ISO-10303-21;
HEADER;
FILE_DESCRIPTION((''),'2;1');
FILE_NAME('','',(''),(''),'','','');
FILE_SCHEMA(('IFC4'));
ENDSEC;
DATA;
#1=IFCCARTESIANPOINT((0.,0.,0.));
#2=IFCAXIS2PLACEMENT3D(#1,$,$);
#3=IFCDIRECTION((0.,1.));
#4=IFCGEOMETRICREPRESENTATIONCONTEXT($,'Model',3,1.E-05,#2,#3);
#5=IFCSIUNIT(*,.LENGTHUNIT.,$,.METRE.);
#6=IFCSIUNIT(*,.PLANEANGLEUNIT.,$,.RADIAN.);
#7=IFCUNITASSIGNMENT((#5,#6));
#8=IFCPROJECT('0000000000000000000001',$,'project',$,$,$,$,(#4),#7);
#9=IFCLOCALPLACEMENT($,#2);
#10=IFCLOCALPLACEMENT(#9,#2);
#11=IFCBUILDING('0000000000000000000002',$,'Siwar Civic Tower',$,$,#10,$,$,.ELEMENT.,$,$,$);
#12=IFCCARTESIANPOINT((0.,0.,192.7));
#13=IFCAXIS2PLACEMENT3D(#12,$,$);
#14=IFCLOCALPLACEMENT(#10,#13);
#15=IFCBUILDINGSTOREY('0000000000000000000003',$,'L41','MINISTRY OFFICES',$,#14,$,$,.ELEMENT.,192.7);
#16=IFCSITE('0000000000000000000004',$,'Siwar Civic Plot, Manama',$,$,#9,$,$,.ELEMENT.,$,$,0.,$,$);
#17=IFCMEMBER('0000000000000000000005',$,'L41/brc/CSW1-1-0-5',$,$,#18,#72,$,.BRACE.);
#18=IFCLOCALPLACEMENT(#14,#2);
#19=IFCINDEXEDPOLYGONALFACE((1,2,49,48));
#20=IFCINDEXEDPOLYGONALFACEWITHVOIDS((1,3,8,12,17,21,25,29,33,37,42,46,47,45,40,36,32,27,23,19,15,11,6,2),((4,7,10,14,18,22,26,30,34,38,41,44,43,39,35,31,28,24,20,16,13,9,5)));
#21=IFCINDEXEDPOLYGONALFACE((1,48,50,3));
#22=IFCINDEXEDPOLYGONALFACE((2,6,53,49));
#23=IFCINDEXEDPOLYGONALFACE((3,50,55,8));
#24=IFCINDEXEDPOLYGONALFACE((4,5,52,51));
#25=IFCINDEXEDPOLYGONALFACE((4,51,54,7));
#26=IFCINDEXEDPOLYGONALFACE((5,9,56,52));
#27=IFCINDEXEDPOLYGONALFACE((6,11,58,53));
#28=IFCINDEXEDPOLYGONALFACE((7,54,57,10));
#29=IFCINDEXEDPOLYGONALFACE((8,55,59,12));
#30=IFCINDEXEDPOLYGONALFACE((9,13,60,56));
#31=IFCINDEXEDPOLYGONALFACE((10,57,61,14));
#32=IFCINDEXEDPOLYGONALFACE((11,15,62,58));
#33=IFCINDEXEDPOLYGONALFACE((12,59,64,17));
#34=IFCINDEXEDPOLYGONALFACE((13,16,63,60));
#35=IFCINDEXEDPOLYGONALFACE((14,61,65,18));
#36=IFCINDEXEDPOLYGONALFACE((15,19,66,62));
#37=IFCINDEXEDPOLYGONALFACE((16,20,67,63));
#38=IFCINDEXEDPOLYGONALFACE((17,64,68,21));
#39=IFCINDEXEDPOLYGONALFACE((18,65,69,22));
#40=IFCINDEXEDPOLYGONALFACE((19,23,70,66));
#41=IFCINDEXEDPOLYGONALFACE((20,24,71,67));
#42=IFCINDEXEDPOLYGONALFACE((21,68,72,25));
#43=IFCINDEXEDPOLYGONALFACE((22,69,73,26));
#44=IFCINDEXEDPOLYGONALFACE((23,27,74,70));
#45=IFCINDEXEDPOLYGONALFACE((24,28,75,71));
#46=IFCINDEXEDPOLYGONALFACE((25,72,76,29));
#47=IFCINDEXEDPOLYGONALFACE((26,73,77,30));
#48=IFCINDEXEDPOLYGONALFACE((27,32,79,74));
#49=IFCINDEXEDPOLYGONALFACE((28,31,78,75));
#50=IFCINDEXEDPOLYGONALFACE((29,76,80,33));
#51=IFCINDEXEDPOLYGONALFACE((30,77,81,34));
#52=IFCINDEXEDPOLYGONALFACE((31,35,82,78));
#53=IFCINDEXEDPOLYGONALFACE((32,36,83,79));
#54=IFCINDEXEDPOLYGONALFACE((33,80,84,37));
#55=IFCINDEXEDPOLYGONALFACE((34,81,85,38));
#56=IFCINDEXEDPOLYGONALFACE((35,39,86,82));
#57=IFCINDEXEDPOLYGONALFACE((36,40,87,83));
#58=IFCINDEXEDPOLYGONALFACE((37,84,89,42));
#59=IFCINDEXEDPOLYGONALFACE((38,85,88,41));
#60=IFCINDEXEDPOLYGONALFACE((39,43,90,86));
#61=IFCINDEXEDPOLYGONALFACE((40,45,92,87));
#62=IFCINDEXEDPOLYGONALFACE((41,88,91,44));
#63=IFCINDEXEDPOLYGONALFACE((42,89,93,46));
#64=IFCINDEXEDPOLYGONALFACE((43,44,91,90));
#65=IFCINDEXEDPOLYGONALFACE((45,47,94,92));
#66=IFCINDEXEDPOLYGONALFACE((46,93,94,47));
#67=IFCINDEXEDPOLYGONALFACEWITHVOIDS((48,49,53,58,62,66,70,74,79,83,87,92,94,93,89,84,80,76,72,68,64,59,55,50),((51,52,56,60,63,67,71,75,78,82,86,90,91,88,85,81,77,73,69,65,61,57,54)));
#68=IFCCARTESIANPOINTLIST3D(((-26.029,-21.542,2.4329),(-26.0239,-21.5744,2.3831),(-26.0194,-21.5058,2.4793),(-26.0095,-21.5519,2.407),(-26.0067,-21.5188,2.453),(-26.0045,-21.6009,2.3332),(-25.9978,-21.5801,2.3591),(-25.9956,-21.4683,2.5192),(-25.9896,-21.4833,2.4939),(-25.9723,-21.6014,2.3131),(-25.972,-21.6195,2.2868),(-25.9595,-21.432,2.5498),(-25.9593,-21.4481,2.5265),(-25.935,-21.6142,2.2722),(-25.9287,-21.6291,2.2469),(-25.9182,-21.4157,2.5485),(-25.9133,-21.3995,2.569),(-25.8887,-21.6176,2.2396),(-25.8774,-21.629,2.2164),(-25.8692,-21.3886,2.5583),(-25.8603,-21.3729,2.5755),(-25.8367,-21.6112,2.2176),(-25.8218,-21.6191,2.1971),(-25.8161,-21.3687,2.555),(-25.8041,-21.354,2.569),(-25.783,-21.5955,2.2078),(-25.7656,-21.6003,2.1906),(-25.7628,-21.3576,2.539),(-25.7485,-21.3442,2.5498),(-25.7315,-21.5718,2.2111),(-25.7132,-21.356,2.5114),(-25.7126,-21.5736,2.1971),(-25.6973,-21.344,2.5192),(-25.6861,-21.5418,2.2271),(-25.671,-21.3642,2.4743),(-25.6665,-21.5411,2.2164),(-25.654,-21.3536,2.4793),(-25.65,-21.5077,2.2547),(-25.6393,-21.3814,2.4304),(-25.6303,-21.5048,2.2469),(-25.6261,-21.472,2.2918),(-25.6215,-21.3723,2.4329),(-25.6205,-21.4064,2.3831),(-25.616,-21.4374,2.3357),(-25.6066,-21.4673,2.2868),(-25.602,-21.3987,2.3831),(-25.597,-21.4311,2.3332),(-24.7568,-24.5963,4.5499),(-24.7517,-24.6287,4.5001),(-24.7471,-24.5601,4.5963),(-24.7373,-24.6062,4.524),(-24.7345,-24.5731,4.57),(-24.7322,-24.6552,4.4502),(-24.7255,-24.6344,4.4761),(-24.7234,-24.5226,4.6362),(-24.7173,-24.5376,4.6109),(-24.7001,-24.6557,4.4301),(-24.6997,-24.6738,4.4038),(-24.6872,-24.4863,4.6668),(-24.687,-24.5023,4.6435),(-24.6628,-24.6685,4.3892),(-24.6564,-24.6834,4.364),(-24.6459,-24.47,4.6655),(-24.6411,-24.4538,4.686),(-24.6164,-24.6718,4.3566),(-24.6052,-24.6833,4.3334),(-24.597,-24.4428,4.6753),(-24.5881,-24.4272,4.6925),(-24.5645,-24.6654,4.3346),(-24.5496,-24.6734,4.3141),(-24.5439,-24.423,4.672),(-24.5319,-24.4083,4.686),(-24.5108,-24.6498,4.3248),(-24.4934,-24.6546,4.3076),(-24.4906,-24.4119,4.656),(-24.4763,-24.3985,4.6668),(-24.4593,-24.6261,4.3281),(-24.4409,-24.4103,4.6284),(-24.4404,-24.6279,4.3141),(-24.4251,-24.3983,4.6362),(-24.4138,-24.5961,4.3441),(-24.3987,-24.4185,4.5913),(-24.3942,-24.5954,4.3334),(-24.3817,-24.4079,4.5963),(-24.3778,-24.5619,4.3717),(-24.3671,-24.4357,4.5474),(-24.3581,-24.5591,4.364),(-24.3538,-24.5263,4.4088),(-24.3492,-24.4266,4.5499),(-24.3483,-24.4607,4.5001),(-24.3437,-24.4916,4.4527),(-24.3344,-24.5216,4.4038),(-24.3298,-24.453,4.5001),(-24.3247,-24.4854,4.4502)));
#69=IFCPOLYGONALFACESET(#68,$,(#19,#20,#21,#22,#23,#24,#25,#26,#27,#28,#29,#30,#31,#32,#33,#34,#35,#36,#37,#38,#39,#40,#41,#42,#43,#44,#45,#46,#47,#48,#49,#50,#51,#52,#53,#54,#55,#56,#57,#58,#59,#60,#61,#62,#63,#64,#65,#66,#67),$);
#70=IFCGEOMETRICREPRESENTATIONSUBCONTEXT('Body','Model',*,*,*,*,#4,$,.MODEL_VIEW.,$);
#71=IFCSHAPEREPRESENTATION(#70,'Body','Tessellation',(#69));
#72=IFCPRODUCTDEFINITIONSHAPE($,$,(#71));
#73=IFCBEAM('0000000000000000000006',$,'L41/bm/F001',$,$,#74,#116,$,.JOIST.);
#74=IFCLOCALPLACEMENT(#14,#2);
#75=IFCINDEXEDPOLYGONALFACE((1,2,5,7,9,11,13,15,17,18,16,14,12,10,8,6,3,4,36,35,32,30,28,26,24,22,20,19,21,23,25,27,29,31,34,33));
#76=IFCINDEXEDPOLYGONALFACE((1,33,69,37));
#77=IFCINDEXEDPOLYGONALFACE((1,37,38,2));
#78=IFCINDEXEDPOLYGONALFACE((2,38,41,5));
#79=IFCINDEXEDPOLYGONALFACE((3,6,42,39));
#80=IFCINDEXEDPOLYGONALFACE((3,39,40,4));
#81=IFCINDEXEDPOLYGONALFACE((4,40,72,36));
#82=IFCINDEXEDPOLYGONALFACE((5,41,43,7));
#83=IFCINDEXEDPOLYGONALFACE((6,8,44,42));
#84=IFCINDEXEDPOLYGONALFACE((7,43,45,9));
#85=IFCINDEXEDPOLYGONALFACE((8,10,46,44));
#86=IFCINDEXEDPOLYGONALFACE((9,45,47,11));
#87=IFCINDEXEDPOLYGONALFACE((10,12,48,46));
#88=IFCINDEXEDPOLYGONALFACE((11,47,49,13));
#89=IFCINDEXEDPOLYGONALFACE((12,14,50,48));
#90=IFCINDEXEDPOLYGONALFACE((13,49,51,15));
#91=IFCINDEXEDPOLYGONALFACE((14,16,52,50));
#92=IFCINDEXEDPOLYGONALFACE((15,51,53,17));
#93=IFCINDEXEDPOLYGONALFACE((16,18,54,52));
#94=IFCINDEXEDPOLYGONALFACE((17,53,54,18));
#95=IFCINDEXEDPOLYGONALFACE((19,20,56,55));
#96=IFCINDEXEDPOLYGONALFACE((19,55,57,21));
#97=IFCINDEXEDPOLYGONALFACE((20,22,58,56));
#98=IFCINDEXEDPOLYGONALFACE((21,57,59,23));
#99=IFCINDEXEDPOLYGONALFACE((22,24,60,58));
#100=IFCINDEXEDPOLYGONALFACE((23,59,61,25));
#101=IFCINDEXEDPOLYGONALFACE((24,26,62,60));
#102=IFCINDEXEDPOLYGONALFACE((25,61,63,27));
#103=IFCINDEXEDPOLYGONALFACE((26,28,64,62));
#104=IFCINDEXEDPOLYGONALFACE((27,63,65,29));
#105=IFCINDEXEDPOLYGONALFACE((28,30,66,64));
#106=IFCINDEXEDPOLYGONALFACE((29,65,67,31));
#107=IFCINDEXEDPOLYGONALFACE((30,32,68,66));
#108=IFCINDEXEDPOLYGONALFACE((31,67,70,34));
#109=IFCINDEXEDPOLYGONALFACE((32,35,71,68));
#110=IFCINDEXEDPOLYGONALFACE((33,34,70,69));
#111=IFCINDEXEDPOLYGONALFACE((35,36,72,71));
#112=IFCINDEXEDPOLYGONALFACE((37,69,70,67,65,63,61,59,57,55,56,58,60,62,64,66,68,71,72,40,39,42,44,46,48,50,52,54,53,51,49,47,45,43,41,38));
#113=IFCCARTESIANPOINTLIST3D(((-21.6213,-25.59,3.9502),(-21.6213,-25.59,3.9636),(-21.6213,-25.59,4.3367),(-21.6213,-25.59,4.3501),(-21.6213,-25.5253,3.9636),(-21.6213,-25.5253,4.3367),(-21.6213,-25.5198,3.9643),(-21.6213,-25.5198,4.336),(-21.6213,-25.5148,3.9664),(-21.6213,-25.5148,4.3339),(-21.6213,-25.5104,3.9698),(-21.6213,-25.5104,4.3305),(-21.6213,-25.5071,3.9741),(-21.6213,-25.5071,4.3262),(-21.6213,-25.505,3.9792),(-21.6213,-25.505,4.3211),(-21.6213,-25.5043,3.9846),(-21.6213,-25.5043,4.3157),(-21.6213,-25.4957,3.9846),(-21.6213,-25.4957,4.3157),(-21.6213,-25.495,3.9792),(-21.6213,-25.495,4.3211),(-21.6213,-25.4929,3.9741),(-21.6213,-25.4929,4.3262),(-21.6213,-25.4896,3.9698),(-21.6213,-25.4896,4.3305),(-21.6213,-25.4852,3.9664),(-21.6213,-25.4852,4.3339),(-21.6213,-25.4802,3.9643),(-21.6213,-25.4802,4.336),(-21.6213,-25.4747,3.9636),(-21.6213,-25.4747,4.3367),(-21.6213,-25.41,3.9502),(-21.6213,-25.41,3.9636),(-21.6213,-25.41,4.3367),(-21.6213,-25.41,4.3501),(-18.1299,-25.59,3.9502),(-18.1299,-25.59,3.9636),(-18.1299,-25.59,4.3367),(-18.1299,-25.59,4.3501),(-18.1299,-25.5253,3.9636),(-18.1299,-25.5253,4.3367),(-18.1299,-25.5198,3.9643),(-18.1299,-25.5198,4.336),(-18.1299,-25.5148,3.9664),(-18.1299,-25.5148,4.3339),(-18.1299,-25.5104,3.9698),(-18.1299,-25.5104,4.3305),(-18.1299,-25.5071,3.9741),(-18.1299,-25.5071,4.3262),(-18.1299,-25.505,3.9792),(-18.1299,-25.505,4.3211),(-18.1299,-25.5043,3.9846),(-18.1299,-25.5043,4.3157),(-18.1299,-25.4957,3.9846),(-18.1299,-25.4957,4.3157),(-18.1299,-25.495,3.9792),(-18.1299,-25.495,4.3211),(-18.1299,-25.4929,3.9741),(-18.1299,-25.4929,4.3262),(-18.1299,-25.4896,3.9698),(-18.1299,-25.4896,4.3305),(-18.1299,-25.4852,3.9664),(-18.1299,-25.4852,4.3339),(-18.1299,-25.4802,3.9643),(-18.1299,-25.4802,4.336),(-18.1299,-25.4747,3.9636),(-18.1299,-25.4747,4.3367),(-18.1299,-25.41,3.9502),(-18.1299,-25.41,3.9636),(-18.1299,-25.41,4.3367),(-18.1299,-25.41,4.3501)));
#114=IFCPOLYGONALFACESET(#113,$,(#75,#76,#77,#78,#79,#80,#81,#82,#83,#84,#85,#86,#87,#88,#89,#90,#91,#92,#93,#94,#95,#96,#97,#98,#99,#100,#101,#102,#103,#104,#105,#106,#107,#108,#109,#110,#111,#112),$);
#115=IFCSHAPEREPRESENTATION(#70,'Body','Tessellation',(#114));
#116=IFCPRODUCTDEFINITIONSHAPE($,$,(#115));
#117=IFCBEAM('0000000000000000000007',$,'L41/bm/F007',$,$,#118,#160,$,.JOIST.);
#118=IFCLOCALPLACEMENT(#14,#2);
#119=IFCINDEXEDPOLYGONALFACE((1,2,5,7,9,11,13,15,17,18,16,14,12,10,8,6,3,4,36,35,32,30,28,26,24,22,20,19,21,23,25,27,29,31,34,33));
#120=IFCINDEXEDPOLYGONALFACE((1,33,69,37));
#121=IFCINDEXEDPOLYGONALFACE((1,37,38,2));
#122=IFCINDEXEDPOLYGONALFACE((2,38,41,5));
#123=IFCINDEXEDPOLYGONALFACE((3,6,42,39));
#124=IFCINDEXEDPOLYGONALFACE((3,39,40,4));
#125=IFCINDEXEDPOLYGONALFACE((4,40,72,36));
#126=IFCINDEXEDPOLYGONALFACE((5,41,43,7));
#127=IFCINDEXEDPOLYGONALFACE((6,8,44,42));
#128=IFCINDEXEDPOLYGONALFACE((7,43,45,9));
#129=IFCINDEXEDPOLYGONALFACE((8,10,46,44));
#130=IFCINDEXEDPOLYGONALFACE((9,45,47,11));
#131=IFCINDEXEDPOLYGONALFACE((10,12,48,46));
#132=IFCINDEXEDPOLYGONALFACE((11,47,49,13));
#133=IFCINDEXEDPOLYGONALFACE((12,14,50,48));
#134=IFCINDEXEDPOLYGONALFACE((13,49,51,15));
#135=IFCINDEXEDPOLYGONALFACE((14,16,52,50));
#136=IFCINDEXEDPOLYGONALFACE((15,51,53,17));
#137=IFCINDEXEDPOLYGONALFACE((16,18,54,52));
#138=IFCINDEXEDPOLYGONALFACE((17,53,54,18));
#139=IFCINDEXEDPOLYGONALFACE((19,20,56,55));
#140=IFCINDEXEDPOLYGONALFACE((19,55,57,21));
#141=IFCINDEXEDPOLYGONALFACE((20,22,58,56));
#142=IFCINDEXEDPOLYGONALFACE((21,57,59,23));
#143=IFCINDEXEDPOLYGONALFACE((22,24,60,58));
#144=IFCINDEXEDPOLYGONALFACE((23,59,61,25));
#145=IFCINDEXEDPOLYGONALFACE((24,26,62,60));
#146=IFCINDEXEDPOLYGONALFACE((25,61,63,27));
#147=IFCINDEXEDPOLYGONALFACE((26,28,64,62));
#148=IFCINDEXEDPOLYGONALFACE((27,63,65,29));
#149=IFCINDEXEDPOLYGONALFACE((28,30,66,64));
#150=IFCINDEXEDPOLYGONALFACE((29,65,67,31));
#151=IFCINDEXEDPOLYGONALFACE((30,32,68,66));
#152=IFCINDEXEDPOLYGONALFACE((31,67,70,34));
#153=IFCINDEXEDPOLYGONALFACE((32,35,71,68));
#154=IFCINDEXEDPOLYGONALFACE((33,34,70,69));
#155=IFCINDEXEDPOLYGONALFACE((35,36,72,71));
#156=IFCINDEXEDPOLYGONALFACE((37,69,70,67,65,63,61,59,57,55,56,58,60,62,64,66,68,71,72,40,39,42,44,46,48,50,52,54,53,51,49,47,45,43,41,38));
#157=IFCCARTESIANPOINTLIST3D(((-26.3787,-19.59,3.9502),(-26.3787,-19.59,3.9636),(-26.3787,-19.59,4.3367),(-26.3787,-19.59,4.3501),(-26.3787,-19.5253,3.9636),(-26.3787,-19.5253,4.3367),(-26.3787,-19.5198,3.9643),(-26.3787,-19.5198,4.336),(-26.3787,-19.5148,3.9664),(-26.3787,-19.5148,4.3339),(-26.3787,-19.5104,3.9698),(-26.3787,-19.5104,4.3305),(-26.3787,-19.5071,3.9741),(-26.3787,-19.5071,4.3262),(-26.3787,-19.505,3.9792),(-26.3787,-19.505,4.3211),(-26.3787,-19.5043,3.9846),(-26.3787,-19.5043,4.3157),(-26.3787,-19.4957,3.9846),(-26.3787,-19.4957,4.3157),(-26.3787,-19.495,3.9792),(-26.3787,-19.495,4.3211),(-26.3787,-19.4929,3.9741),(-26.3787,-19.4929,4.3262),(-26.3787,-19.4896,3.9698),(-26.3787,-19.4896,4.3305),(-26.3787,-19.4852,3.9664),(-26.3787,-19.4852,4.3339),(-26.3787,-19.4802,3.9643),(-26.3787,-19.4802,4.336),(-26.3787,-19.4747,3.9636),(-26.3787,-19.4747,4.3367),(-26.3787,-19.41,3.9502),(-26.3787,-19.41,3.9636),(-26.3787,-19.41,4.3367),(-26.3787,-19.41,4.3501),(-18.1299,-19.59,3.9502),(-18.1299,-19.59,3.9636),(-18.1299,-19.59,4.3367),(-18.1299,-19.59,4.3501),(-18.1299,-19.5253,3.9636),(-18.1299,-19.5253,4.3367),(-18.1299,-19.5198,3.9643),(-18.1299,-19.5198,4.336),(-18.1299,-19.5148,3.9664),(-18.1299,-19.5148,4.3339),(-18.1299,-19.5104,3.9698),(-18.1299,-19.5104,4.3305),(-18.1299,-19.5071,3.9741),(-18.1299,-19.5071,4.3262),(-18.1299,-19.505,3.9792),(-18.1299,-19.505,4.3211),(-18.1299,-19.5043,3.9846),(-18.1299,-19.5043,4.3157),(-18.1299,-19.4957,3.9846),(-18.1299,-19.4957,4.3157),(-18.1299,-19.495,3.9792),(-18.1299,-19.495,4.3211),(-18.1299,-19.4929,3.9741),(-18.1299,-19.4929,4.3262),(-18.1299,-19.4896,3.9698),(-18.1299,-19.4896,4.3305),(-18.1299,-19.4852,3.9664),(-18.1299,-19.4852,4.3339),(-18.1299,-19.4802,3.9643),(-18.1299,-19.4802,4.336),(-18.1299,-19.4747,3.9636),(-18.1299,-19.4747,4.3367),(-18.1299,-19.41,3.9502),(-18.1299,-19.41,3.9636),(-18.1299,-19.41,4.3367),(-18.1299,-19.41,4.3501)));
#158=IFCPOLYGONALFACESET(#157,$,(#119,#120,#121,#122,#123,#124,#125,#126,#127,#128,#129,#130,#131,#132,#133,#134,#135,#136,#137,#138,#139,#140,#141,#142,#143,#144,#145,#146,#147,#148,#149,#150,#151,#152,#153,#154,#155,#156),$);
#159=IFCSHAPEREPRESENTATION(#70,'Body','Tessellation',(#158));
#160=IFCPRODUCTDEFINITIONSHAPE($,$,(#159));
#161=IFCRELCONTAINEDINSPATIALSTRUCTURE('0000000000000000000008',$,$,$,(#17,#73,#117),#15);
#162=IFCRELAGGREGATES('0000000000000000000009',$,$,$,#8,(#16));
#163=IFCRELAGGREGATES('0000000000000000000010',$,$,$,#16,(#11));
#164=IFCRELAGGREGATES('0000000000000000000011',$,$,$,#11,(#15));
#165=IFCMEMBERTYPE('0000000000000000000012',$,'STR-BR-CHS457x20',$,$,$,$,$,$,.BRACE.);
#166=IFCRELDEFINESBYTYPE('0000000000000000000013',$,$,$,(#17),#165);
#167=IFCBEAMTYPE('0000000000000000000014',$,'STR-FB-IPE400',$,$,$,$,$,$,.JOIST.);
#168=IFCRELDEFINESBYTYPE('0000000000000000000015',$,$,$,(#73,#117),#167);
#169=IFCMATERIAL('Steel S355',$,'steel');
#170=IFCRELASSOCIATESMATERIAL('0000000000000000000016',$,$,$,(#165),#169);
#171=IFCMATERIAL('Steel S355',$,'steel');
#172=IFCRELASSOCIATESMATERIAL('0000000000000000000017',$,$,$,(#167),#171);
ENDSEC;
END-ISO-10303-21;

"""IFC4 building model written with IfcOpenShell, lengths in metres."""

from ifc_helpers import new_model, si_unit, direction, frame, origin, origin_2d, place, context, subcontext, project, spatial, hollow_circle, i_section, extrude, material, material_profile, profile_set, type_object, element, save


model = new_model("IFC4")

# Units and contexts
model_context = context("Model", 3, precision=1e-05, world=origin(), true_north=direction((0.0, 1.0)))
body_context = subcontext(model_context, "Body", "Model", "MODEL_VIEW")
ifc_project = project(units=[si_unit("LENGTHUNIT", "METRE"), si_unit("PLANEANGLEUNIT", "RADIAN")], contexts=[model_context])

# Site, building, storey
site_placement = place(None, origin())
site = spatial("IfcSite", under=ifc_project, at=site_placement, Name="Siwar Civic Plot, Manama", CompositionType="ELEMENT", RefElevation=0.0)
building_placement = place(site_placement, origin())
building = spatial("IfcBuilding", under=site, at=building_placement, Name="Siwar Civic Tower", CompositionType="ELEMENT")
storey_placement = place(building_placement, frame((0.0, 0.0, 192.7)))
storey = spatial("IfcBuildingStorey", under=building, at=storey_placement, Name="L41", Description="MINISTRY OFFICES", CompositionType="ELEMENT", Elevation=192.7)

# Member
ifc_material_1 = material(Name="Steel S355", Category="steel")
ifc_material_profile_1 = material_profile(ifc_material_1, hollow_circle(Radius=0.2285, WallThickness=0.02, at=origin_2d()), Name="CHS457x20")
ifc_profile_set_1 = profile_set([ifc_material_profile_1], Name="Steel S355")
member_type_1 = type_object("IfcMemberType", Name="STR-BR-CHS457x20", PredefinedType="BRACE", material=ifc_profile_set_1)
for number, where, z_axis, x_axis, name in (
    (1, (-25.813, -21.4866, 2.3831), (0.323895, -0.777572, 0.538955), (0.923116, 0.384521, 0.0), "L41/brc/CSW1-1-0-5"),
):
    element("IfcMember", number, at=place(storey_placement, frame(where, z_axis=z_axis, x_axis=x_axis)), inside=storey, type_object=member_type_1, Name=name, PredefinedType="BRACE", context=body_context, shape_type="SweptSolid", body=[
        extrude(hollow_circle(Radius=0.2285, WallThickness=0.02, at=origin_2d()), origin(), (0.0, 0.0, 1.0), 3.928),
    ])

# Beams
ifc_material_2 = material(Name="Steel S355", Category="steel")
ifc_material_profile_2 = material_profile(ifc_material_2, i_section(OverallWidth=0.1799, OverallDepth=0.3999, WebThickness=0.0085, FlangeThickness=0.0134, FilletRadius=0.021, at=origin_2d()), Name="IPE400")
ifc_profile_set_2 = profile_set([ifc_material_profile_2], Name="Steel S355")
beam_type_1 = type_object("IfcBeamType", Name="STR-FB-IPE400", PredefinedType="JOIST", material=ifc_profile_set_2)
beam_1_placement = place(storey_placement, frame((-21.6213, -25.5, 4.1501), z_axis=(1.0, 0.0, 0.0), x_axis=(0.0, 1.0, 0.0)))
element("IfcBeam", 2, at=beam_1_placement, inside=storey, type_object=beam_type_1, Name="L41/bm/F001", PredefinedType="JOIST", context=body_context, shape_type="SweptSolid", body=[
    extrude(i_section(OverallWidth=0.1799, OverallDepth=0.3999, WebThickness=0.0085, FlangeThickness=0.0134, FilletRadius=0.021, at=origin_2d()), origin(), (0.0, 0.0, 1.0), 3.4915),
])
beam_2_placement = place(storey_placement, frame((-26.3787, -19.5, 4.1501), z_axis=(1.0, 0.0, 0.0), x_axis=(0.0, 1.0, 0.0)))
element("IfcBeam", 3, at=beam_2_placement, inside=storey, type_object=beam_type_1, Name="L41/bm/F007", PredefinedType="JOIST", context=body_context, shape_type="SweptSolid", body=[
    extrude(i_section(OverallWidth=0.1799, OverallDepth=0.3999, WebThickness=0.0085, FlangeThickness=0.0134, FilletRadius=0.021, at=origin_2d()), origin(), (0.0, 0.0, 1.0), 8.2488),
])

save(model, "model.ifc")
